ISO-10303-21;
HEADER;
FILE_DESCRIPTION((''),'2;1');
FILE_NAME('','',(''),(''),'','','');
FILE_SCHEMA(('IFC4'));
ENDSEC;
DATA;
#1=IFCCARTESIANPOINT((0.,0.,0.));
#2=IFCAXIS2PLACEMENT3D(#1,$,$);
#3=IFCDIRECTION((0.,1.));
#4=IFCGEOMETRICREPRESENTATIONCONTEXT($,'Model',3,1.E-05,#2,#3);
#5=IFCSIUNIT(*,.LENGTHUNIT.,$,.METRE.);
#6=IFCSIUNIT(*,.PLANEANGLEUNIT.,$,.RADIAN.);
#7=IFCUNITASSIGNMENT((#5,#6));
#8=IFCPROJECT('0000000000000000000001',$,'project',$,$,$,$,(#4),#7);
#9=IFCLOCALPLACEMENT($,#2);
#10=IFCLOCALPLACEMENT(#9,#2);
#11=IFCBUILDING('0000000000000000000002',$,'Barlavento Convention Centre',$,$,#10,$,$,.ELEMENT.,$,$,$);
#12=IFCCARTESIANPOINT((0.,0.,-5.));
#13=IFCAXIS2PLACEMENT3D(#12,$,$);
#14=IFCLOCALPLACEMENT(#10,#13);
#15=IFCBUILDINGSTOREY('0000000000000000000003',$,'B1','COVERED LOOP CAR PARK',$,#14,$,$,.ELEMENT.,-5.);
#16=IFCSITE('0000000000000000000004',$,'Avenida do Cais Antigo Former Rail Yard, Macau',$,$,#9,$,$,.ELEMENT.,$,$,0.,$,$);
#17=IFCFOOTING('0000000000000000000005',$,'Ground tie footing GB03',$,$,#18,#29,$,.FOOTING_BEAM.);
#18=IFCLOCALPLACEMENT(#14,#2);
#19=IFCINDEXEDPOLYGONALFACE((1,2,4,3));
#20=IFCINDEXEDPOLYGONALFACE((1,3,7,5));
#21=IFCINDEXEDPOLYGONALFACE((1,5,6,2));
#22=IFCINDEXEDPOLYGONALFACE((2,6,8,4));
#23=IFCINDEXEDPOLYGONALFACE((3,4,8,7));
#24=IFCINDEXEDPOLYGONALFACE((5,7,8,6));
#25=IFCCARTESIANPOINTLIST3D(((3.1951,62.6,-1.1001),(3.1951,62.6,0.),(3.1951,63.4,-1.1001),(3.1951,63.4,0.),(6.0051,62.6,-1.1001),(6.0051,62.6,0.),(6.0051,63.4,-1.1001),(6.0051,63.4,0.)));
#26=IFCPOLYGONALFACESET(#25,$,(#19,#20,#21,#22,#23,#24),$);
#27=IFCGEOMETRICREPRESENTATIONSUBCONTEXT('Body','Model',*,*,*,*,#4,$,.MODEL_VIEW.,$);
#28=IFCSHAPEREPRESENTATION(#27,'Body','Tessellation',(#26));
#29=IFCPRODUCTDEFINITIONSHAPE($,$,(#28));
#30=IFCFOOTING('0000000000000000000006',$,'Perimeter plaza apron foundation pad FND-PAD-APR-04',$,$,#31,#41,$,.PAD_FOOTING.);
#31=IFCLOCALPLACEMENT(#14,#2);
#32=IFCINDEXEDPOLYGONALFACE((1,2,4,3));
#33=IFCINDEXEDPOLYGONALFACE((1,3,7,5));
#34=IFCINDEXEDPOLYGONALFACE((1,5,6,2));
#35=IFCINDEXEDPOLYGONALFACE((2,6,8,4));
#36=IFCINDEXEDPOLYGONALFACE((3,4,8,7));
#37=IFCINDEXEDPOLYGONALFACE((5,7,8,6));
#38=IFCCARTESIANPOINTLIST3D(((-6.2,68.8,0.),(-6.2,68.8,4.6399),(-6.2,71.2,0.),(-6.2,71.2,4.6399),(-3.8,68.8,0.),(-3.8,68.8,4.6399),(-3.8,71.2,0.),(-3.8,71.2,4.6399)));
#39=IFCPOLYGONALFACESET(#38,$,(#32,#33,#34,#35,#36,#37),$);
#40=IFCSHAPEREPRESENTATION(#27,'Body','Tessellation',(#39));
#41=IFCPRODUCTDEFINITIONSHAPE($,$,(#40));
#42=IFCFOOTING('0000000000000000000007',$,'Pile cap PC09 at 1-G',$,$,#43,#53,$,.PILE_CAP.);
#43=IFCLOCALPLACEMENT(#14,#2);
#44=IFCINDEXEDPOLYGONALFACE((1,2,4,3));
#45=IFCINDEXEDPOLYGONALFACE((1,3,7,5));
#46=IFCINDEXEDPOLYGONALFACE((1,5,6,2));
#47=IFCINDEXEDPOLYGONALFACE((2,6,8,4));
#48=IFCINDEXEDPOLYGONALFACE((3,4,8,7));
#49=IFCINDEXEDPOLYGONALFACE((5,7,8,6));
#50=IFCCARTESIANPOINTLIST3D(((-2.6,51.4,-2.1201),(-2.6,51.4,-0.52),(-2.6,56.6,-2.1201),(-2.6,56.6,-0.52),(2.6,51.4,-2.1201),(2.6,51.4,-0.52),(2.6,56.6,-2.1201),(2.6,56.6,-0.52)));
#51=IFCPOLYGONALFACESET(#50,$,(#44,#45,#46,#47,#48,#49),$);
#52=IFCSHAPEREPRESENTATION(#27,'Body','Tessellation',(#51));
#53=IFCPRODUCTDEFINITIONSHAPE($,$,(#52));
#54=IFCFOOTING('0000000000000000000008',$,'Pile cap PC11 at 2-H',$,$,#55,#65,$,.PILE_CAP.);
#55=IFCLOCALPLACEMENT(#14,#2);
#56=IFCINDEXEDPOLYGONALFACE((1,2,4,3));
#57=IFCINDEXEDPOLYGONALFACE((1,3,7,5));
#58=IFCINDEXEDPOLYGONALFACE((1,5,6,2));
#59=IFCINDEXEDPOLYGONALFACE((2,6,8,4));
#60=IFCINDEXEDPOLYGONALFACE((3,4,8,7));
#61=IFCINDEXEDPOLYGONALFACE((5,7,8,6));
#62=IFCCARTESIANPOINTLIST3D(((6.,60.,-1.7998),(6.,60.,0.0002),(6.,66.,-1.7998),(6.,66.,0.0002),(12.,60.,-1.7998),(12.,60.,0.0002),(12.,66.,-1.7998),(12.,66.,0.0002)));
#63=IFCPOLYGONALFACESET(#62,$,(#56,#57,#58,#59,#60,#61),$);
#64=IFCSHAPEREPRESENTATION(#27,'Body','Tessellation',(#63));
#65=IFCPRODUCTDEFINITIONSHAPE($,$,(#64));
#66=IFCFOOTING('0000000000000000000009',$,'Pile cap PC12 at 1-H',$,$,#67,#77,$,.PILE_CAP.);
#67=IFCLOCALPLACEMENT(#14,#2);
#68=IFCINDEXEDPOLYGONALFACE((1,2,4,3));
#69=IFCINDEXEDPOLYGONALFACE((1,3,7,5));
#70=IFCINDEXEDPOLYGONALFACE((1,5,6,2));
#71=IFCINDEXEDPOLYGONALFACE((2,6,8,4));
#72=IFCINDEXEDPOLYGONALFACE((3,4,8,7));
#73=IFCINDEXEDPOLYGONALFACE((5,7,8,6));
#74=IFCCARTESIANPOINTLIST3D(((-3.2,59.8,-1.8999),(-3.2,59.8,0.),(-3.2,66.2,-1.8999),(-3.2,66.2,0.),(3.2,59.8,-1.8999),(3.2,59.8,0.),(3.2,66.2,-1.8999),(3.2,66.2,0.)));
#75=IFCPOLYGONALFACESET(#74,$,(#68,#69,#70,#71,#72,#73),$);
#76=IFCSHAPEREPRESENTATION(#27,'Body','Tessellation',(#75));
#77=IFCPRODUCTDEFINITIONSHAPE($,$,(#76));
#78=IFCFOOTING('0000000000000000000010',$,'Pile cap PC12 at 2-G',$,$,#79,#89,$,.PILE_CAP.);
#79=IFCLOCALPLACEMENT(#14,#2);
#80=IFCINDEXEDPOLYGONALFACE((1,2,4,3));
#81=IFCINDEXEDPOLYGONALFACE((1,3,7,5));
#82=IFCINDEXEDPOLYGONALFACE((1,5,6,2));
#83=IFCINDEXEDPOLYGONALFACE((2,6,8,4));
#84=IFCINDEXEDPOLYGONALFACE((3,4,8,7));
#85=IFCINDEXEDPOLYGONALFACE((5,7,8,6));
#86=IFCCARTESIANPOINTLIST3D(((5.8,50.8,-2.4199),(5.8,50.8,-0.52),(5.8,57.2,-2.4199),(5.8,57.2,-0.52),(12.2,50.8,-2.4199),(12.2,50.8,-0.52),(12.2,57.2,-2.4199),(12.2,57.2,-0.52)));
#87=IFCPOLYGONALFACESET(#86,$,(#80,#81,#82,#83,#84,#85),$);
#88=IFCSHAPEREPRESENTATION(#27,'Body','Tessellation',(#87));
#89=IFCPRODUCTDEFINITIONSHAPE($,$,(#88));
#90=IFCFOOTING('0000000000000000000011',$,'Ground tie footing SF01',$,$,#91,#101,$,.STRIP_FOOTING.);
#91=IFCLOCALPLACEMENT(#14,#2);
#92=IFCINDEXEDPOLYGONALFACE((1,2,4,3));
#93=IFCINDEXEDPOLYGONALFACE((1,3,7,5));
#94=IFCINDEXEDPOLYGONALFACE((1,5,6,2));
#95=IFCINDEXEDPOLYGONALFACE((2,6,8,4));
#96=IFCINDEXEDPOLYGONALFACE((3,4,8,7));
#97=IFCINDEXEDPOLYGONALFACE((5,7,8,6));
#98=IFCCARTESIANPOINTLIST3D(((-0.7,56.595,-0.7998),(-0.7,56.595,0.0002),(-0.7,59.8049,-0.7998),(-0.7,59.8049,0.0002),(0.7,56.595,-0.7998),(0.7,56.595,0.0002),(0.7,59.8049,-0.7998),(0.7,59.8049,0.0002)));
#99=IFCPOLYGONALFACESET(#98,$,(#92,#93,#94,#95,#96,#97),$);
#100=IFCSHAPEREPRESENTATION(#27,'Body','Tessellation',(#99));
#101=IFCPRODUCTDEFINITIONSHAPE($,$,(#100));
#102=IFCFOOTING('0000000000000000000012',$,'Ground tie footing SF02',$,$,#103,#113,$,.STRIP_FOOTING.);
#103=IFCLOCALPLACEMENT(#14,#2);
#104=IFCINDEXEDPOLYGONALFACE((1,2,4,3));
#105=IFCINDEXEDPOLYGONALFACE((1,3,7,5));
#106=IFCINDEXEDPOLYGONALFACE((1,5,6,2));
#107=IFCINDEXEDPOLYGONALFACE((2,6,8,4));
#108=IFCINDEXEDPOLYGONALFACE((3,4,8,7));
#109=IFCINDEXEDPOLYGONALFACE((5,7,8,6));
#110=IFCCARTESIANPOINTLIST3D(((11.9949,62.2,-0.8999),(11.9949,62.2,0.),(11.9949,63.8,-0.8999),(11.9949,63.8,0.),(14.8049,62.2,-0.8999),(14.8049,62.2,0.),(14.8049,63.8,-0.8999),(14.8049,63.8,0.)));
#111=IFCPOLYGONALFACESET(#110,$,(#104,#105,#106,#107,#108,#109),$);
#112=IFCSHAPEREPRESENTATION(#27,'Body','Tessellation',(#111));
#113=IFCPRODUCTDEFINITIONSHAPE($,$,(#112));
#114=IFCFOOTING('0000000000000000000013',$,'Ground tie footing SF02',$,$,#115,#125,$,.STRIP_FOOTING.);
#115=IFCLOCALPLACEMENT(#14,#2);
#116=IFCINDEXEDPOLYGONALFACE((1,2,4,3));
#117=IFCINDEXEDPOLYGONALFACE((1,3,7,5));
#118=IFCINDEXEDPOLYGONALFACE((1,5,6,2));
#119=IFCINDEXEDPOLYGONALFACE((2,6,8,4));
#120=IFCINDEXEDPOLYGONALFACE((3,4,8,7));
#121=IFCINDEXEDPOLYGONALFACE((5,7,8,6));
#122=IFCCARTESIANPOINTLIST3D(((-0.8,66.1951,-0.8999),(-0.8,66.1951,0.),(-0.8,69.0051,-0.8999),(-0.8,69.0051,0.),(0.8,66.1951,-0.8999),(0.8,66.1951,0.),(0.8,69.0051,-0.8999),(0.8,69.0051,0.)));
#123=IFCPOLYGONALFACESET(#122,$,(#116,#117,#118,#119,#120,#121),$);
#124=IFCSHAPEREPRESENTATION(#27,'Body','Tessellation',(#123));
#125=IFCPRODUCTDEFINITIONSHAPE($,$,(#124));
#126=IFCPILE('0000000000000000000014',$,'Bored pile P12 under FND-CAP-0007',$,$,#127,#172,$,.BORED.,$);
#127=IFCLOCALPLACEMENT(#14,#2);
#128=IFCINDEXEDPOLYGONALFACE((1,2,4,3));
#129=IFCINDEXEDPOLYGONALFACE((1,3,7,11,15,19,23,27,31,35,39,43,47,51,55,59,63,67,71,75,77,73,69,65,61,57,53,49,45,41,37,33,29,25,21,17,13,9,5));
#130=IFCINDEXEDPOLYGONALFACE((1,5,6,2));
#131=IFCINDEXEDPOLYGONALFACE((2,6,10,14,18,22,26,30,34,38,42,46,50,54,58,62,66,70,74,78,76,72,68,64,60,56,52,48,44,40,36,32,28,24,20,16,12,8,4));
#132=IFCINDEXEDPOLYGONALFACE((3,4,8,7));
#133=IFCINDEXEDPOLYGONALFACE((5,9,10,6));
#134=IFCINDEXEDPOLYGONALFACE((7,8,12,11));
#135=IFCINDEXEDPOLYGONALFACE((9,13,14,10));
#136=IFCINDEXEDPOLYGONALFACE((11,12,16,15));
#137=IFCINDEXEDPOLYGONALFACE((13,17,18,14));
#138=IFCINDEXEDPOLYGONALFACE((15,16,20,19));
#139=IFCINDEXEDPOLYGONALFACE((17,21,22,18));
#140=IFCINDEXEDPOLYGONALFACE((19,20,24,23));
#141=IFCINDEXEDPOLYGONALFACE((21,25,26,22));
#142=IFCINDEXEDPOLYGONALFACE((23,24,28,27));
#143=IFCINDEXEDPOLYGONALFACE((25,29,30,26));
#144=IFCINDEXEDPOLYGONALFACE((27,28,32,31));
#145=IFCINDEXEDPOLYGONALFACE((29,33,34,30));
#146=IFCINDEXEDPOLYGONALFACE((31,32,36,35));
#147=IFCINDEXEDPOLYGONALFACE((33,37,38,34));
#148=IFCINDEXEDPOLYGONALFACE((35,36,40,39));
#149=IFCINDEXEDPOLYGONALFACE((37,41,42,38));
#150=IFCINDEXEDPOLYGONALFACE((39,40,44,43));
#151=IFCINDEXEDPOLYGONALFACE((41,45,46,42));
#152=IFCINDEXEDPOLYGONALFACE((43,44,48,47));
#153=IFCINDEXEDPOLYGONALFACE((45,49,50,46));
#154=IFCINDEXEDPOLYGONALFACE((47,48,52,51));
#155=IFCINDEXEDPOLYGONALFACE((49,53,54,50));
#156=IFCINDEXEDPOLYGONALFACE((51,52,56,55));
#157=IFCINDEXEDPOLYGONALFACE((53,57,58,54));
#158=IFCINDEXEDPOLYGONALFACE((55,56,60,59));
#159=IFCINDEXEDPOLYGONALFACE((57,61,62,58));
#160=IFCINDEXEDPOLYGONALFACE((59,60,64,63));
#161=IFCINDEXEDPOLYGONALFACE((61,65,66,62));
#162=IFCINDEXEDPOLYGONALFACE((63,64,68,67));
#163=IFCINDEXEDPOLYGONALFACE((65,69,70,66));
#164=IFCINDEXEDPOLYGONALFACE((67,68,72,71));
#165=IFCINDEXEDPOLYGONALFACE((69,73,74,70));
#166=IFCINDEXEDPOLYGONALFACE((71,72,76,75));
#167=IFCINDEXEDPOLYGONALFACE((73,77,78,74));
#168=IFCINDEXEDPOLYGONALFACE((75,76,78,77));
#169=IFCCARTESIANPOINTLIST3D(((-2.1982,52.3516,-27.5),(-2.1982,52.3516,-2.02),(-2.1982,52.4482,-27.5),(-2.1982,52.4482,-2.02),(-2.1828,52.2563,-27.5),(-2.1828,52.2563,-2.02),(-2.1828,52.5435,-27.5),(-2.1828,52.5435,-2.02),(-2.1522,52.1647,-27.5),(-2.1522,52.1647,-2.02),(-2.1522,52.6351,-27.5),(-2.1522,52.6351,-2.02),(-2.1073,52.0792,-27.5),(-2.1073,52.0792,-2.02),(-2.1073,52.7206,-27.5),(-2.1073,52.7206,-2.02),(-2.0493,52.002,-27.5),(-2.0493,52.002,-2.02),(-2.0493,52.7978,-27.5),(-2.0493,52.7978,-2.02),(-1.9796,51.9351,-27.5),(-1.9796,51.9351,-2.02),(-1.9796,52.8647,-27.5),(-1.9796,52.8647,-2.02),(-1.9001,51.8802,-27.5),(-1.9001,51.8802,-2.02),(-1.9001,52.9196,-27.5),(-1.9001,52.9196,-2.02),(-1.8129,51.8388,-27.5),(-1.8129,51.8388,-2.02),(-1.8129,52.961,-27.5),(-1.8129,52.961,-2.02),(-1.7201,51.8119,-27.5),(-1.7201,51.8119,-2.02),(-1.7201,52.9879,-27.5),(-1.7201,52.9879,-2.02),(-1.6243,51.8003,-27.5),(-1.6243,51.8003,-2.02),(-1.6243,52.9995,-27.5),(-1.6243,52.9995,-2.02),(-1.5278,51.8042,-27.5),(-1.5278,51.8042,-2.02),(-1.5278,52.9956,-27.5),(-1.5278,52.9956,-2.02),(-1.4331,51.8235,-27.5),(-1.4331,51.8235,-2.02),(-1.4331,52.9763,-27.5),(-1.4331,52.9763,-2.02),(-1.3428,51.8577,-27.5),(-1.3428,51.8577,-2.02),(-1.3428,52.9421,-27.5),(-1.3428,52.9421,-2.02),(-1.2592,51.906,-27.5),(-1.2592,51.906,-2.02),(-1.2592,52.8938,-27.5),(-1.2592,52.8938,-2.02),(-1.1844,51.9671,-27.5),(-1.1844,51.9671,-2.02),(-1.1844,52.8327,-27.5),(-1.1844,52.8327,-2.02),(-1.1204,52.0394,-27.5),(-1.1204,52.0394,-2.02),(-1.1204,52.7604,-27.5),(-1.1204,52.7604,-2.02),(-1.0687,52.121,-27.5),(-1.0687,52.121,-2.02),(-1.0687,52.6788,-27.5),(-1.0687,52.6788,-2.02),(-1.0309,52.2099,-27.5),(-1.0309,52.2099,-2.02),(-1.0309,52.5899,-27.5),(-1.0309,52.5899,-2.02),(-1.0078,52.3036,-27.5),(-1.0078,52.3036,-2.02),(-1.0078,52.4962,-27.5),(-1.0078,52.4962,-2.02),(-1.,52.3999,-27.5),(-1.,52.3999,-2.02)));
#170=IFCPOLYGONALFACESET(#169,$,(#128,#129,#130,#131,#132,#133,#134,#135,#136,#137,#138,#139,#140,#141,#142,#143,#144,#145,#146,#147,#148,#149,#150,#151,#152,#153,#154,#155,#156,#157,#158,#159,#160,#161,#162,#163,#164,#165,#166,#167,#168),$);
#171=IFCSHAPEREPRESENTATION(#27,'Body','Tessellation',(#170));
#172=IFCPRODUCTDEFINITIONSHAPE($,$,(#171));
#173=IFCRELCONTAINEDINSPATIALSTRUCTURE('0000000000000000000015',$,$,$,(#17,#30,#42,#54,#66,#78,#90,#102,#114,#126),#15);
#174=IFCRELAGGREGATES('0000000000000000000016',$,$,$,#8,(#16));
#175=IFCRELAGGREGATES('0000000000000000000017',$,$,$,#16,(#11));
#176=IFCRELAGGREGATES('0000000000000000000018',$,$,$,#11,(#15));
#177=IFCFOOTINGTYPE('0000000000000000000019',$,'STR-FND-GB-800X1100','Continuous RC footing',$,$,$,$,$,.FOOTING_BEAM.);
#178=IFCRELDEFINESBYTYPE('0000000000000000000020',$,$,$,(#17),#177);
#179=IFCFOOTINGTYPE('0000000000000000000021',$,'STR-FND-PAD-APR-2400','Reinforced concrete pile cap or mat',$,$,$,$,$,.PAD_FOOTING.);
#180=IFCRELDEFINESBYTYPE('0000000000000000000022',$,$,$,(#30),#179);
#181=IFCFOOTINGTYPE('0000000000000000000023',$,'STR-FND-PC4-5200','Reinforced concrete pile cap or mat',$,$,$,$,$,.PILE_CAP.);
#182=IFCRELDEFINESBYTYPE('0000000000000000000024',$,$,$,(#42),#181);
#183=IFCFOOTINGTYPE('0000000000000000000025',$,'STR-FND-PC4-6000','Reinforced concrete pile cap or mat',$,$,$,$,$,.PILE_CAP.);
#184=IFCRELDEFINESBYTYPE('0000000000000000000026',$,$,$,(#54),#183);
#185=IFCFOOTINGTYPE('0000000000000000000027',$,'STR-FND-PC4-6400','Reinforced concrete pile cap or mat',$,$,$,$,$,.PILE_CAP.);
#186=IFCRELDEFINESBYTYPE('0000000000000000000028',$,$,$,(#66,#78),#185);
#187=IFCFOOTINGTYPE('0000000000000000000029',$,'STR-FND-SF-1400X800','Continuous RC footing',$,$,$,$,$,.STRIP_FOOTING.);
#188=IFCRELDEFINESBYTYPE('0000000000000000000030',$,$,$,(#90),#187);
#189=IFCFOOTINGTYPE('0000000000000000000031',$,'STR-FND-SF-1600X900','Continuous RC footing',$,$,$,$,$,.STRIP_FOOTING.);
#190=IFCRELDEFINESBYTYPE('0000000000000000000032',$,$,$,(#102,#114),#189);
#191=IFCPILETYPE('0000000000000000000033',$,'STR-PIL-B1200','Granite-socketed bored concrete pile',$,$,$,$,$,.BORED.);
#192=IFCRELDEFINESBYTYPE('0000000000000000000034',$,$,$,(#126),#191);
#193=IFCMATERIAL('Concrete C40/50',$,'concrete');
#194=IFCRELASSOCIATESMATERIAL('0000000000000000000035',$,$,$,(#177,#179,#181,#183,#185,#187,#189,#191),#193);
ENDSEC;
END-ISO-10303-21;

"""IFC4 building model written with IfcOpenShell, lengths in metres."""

from ifc_helpers import new_model, si_unit, direction, frame, origin, origin_2d, place, context, subcontext, project, spatial, rectangle, circle, extrude, material, material_profile, profile_set, type_object, element, save


model = new_model("IFC4")

# Units and contexts
model_context = context("Model", 3, precision=1e-05, world=origin(), true_north=direction((0.0, 1.0)))
body_context = subcontext(model_context, "Body", "Model", "MODEL_VIEW")
ifc_project = project(units=[si_unit("LENGTHUNIT", "METRE"), si_unit("PLANEANGLEUNIT", "RADIAN")], contexts=[model_context])

# Site, building, storey
site_placement = place(None, origin())
site = spatial("IfcSite", under=ifc_project, at=site_placement, Name="Avenida do Cais Antigo Former Rail Yard, Macau", CompositionType="ELEMENT", RefElevation=0.0)
building_placement = place(site_placement, origin())
building = spatial("IfcBuilding", under=site, at=building_placement, Name="Barlavento Convention Centre", CompositionType="ELEMENT")
storey_placement = place(building_placement, frame((0.0, 0.0, -5.0)))
storey = spatial("IfcBuildingStorey", under=building, at=storey_placement, Name="B1", Description="COVERED LOOP CAR PARK", CompositionType="ELEMENT", Elevation=-5.0)

# Footings
ifc_material_1 = material(Name="Concrete C40/50", Category="concrete")
footing_type_1 = type_object("IfcFootingType", Name="STR-FND-GB-800X1100", Description="Continuous RC footing", PredefinedType="FOOTING_BEAM", material=ifc_material_1)
footing_1_placement = place(storey_placement, frame((4.6001, 63.0, -1.1001), z_axis=(0.0, 0.0, 1.0), x_axis=(1.0, 0.0, 0.0)))
element("IfcFooting", 1, at=footing_1_placement, inside=storey, type_object=footing_type_1, Name="Ground tie footing GB03", PredefinedType="FOOTING_BEAM", context=body_context, shape_type="SweptSolid", body=[
    extrude(rectangle(XDim=2.8101, YDim=0.8, at=origin_2d()), origin(), (0.0, 0.0, 1.0), 1.1001),
])
footing_type_2 = type_object("IfcFootingType", Name="STR-FND-PAD-APR-2400", Description="Reinforced concrete pile cap or mat", PredefinedType="PAD_FOOTING", material=ifc_material_1)
footing_2_placement = place(storey_placement, frame((-5.0, 70.0, 0.0), z_axis=(0.0, 0.0, 1.0), x_axis=(1.0, 0.0, 0.0)))
element("IfcFooting", 2, at=footing_2_placement, inside=storey, type_object=footing_type_2, Name="Perimeter plaza apron foundation pad FND-PAD-APR-04", PredefinedType="PAD_FOOTING", context=body_context, shape_type="SweptSolid", body=[
    extrude(rectangle(XDim=2.3999, YDim=2.3999, at=origin_2d()), origin(), (0.0, 0.0, 1.0), 4.6399),
])
footing_type_3 = type_object("IfcFootingType", Name="STR-FND-PC4-5200", Description="Reinforced concrete pile cap or mat", PredefinedType="PILE_CAP", material=ifc_material_1)
footing_3_placement = place(storey_placement, frame((0.0, 54.0, -2.1201), z_axis=(0.0, 0.0, 1.0), x_axis=(1.0, 0.0, 0.0)))
element("IfcFooting", 3, at=footing_3_placement, inside=storey, type_object=footing_type_3, Name="Pile cap PC09 at 1-G", PredefinedType="PILE_CAP", context=body_context, shape_type="SweptSolid", body=[
    extrude(rectangle(XDim=5.2, YDim=5.2, at=origin_2d()), origin(), (0.0, 0.0, 1.0), 1.6001),
])
footing_type_4 = type_object("IfcFootingType", Name="STR-FND-PC4-6000", Description="Reinforced concrete pile cap or mat", PredefinedType="PILE_CAP", material=ifc_material_1)
footing_4_placement = place(storey_placement, frame((9.0, 63.0, -1.7998), z_axis=(0.0, 0.0, 1.0), x_axis=(1.0, 0.0, 0.0)))
element("IfcFooting", 4, at=footing_4_placement, inside=storey, type_object=footing_type_4, Name="Pile cap PC11 at 2-H", PredefinedType="PILE_CAP", context=body_context, shape_type="SweptSolid", body=[
    extrude(rectangle(XDim=6.0, YDim=6.0, at=origin_2d()), origin(), (0.0, 0.0, 1.0), 1.8),
])
footing_type_5 = type_object("IfcFootingType", Name="STR-FND-PC4-6400", Description="Reinforced concrete pile cap or mat", PredefinedType="PILE_CAP", material=ifc_material_1)
for number, where, z_axis, x_axis, name in (
    (5, (0.0, 63.0, -1.8999), (0.0, 0.0, 1.0), (1.0, 0.0, 0.0), "Pile cap PC12 at 1-H"),
    (6, (9.0, 54.0, -2.4199), (0.0, 0.0, 1.0), (1.0, 0.0, 0.0), "Pile cap PC12 at 2-G"),
):
    element("IfcFooting", number, at=place(storey_placement, frame(where, z_axis=z_axis, x_axis=x_axis)), inside=storey, type_object=footing_type_5, Name=name, PredefinedType="PILE_CAP", context=body_context, shape_type="SweptSolid", body=[
        extrude(rectangle(XDim=6.3999, YDim=6.3999, at=origin_2d()), origin(), (0.0, 0.0, 1.0), 1.8999),
    ])
footing_type_6 = type_object("IfcFootingType", Name="STR-FND-SF-1400X800", Description="Continuous RC footing", PredefinedType="STRIP_FOOTING", material=ifc_material_1)
footing_5_placement = place(storey_placement, frame((0.0, 58.2, -0.7998), z_axis=(0.0, 0.0, 1.0), x_axis=(1.0, 0.0, 0.0)))
element("IfcFooting", 7, at=footing_5_placement, inside=storey, type_object=footing_type_6, Name="Ground tie footing SF01", PredefinedType="STRIP_FOOTING", context=body_context, shape_type="SweptSolid", body=[
    extrude(rectangle(XDim=1.3999, YDim=3.21, at=origin_2d()), origin(), (0.0, 0.0, 1.0), 0.8),
])
footing_type_7 = type_object("IfcFootingType", Name="STR-FND-SF-1600X900", Description="Continuous RC footing", PredefinedType="STRIP_FOOTING", material=ifc_material_1)
footing_6_placement = place(storey_placement, frame((13.3999, 63.0, -0.8999), z_axis=(0.0, 0.0, 1.0), x_axis=(1.0, 0.0, 0.0)))
element("IfcFooting", 8, at=footing_6_placement, inside=storey, type_object=footing_type_7, Name="Ground tie footing SF02", PredefinedType="STRIP_FOOTING", context=body_context, shape_type="SweptSolid", body=[
    extrude(rectangle(XDim=2.8101, YDim=1.6001, at=origin_2d()), origin(), (0.0, 0.0, 1.0), 0.8999),
])
footing_7_placement = place(storey_placement, frame((0.0, 67.6001, -0.8999), z_axis=(0.0, 0.0, 1.0), x_axis=(1.0, 0.0, 0.0)))
element("IfcFooting", 9, at=footing_7_placement, inside=storey, type_object=footing_type_7, Name="Ground tie footing SF02", PredefinedType="STRIP_FOOTING", context=body_context, shape_type="SweptSolid", body=[
    extrude(rectangle(XDim=1.6001, YDim=2.8101, at=origin_2d()), origin(), (0.0, 0.0, 1.0), 0.8999),
])

# Pile
ifc_material_profile_1 = material_profile(ifc_material_1, circle(Radius=0.6001, at=origin_2d()), Name="BORED PILE 1200")
ifc_profile_set_1 = profile_set([ifc_material_profile_1], Name="Concrete C40/50")
pile_type_1 = type_object("IfcPileType", Name="STR-PIL-B1200", Description="Granite-socketed bored concrete pile", PredefinedType="BORED", material=ifc_profile_set_1)
for number, where, z_axis, x_axis, name in (
    (10, (-1.6001, 52.3999, -2.02), (0.0, 0.0, -1.0), (1.0, 0.0, 0.0), "Bored pile P12 under FND-CAP-0007"),
):
    element("IfcPile", number, at=place(storey_placement, frame(where, z_axis=z_axis, x_axis=x_axis)), inside=storey, type_object=pile_type_1, Name=name, PredefinedType="BORED", context=body_context, shape_type="SweptSolid", body=[
        extrude(circle(Radius=0.6001, at=origin_2d()), origin(), (0.0, 0.0, 1.0), 25.48),
    ])

save(model, "model.ifc")
